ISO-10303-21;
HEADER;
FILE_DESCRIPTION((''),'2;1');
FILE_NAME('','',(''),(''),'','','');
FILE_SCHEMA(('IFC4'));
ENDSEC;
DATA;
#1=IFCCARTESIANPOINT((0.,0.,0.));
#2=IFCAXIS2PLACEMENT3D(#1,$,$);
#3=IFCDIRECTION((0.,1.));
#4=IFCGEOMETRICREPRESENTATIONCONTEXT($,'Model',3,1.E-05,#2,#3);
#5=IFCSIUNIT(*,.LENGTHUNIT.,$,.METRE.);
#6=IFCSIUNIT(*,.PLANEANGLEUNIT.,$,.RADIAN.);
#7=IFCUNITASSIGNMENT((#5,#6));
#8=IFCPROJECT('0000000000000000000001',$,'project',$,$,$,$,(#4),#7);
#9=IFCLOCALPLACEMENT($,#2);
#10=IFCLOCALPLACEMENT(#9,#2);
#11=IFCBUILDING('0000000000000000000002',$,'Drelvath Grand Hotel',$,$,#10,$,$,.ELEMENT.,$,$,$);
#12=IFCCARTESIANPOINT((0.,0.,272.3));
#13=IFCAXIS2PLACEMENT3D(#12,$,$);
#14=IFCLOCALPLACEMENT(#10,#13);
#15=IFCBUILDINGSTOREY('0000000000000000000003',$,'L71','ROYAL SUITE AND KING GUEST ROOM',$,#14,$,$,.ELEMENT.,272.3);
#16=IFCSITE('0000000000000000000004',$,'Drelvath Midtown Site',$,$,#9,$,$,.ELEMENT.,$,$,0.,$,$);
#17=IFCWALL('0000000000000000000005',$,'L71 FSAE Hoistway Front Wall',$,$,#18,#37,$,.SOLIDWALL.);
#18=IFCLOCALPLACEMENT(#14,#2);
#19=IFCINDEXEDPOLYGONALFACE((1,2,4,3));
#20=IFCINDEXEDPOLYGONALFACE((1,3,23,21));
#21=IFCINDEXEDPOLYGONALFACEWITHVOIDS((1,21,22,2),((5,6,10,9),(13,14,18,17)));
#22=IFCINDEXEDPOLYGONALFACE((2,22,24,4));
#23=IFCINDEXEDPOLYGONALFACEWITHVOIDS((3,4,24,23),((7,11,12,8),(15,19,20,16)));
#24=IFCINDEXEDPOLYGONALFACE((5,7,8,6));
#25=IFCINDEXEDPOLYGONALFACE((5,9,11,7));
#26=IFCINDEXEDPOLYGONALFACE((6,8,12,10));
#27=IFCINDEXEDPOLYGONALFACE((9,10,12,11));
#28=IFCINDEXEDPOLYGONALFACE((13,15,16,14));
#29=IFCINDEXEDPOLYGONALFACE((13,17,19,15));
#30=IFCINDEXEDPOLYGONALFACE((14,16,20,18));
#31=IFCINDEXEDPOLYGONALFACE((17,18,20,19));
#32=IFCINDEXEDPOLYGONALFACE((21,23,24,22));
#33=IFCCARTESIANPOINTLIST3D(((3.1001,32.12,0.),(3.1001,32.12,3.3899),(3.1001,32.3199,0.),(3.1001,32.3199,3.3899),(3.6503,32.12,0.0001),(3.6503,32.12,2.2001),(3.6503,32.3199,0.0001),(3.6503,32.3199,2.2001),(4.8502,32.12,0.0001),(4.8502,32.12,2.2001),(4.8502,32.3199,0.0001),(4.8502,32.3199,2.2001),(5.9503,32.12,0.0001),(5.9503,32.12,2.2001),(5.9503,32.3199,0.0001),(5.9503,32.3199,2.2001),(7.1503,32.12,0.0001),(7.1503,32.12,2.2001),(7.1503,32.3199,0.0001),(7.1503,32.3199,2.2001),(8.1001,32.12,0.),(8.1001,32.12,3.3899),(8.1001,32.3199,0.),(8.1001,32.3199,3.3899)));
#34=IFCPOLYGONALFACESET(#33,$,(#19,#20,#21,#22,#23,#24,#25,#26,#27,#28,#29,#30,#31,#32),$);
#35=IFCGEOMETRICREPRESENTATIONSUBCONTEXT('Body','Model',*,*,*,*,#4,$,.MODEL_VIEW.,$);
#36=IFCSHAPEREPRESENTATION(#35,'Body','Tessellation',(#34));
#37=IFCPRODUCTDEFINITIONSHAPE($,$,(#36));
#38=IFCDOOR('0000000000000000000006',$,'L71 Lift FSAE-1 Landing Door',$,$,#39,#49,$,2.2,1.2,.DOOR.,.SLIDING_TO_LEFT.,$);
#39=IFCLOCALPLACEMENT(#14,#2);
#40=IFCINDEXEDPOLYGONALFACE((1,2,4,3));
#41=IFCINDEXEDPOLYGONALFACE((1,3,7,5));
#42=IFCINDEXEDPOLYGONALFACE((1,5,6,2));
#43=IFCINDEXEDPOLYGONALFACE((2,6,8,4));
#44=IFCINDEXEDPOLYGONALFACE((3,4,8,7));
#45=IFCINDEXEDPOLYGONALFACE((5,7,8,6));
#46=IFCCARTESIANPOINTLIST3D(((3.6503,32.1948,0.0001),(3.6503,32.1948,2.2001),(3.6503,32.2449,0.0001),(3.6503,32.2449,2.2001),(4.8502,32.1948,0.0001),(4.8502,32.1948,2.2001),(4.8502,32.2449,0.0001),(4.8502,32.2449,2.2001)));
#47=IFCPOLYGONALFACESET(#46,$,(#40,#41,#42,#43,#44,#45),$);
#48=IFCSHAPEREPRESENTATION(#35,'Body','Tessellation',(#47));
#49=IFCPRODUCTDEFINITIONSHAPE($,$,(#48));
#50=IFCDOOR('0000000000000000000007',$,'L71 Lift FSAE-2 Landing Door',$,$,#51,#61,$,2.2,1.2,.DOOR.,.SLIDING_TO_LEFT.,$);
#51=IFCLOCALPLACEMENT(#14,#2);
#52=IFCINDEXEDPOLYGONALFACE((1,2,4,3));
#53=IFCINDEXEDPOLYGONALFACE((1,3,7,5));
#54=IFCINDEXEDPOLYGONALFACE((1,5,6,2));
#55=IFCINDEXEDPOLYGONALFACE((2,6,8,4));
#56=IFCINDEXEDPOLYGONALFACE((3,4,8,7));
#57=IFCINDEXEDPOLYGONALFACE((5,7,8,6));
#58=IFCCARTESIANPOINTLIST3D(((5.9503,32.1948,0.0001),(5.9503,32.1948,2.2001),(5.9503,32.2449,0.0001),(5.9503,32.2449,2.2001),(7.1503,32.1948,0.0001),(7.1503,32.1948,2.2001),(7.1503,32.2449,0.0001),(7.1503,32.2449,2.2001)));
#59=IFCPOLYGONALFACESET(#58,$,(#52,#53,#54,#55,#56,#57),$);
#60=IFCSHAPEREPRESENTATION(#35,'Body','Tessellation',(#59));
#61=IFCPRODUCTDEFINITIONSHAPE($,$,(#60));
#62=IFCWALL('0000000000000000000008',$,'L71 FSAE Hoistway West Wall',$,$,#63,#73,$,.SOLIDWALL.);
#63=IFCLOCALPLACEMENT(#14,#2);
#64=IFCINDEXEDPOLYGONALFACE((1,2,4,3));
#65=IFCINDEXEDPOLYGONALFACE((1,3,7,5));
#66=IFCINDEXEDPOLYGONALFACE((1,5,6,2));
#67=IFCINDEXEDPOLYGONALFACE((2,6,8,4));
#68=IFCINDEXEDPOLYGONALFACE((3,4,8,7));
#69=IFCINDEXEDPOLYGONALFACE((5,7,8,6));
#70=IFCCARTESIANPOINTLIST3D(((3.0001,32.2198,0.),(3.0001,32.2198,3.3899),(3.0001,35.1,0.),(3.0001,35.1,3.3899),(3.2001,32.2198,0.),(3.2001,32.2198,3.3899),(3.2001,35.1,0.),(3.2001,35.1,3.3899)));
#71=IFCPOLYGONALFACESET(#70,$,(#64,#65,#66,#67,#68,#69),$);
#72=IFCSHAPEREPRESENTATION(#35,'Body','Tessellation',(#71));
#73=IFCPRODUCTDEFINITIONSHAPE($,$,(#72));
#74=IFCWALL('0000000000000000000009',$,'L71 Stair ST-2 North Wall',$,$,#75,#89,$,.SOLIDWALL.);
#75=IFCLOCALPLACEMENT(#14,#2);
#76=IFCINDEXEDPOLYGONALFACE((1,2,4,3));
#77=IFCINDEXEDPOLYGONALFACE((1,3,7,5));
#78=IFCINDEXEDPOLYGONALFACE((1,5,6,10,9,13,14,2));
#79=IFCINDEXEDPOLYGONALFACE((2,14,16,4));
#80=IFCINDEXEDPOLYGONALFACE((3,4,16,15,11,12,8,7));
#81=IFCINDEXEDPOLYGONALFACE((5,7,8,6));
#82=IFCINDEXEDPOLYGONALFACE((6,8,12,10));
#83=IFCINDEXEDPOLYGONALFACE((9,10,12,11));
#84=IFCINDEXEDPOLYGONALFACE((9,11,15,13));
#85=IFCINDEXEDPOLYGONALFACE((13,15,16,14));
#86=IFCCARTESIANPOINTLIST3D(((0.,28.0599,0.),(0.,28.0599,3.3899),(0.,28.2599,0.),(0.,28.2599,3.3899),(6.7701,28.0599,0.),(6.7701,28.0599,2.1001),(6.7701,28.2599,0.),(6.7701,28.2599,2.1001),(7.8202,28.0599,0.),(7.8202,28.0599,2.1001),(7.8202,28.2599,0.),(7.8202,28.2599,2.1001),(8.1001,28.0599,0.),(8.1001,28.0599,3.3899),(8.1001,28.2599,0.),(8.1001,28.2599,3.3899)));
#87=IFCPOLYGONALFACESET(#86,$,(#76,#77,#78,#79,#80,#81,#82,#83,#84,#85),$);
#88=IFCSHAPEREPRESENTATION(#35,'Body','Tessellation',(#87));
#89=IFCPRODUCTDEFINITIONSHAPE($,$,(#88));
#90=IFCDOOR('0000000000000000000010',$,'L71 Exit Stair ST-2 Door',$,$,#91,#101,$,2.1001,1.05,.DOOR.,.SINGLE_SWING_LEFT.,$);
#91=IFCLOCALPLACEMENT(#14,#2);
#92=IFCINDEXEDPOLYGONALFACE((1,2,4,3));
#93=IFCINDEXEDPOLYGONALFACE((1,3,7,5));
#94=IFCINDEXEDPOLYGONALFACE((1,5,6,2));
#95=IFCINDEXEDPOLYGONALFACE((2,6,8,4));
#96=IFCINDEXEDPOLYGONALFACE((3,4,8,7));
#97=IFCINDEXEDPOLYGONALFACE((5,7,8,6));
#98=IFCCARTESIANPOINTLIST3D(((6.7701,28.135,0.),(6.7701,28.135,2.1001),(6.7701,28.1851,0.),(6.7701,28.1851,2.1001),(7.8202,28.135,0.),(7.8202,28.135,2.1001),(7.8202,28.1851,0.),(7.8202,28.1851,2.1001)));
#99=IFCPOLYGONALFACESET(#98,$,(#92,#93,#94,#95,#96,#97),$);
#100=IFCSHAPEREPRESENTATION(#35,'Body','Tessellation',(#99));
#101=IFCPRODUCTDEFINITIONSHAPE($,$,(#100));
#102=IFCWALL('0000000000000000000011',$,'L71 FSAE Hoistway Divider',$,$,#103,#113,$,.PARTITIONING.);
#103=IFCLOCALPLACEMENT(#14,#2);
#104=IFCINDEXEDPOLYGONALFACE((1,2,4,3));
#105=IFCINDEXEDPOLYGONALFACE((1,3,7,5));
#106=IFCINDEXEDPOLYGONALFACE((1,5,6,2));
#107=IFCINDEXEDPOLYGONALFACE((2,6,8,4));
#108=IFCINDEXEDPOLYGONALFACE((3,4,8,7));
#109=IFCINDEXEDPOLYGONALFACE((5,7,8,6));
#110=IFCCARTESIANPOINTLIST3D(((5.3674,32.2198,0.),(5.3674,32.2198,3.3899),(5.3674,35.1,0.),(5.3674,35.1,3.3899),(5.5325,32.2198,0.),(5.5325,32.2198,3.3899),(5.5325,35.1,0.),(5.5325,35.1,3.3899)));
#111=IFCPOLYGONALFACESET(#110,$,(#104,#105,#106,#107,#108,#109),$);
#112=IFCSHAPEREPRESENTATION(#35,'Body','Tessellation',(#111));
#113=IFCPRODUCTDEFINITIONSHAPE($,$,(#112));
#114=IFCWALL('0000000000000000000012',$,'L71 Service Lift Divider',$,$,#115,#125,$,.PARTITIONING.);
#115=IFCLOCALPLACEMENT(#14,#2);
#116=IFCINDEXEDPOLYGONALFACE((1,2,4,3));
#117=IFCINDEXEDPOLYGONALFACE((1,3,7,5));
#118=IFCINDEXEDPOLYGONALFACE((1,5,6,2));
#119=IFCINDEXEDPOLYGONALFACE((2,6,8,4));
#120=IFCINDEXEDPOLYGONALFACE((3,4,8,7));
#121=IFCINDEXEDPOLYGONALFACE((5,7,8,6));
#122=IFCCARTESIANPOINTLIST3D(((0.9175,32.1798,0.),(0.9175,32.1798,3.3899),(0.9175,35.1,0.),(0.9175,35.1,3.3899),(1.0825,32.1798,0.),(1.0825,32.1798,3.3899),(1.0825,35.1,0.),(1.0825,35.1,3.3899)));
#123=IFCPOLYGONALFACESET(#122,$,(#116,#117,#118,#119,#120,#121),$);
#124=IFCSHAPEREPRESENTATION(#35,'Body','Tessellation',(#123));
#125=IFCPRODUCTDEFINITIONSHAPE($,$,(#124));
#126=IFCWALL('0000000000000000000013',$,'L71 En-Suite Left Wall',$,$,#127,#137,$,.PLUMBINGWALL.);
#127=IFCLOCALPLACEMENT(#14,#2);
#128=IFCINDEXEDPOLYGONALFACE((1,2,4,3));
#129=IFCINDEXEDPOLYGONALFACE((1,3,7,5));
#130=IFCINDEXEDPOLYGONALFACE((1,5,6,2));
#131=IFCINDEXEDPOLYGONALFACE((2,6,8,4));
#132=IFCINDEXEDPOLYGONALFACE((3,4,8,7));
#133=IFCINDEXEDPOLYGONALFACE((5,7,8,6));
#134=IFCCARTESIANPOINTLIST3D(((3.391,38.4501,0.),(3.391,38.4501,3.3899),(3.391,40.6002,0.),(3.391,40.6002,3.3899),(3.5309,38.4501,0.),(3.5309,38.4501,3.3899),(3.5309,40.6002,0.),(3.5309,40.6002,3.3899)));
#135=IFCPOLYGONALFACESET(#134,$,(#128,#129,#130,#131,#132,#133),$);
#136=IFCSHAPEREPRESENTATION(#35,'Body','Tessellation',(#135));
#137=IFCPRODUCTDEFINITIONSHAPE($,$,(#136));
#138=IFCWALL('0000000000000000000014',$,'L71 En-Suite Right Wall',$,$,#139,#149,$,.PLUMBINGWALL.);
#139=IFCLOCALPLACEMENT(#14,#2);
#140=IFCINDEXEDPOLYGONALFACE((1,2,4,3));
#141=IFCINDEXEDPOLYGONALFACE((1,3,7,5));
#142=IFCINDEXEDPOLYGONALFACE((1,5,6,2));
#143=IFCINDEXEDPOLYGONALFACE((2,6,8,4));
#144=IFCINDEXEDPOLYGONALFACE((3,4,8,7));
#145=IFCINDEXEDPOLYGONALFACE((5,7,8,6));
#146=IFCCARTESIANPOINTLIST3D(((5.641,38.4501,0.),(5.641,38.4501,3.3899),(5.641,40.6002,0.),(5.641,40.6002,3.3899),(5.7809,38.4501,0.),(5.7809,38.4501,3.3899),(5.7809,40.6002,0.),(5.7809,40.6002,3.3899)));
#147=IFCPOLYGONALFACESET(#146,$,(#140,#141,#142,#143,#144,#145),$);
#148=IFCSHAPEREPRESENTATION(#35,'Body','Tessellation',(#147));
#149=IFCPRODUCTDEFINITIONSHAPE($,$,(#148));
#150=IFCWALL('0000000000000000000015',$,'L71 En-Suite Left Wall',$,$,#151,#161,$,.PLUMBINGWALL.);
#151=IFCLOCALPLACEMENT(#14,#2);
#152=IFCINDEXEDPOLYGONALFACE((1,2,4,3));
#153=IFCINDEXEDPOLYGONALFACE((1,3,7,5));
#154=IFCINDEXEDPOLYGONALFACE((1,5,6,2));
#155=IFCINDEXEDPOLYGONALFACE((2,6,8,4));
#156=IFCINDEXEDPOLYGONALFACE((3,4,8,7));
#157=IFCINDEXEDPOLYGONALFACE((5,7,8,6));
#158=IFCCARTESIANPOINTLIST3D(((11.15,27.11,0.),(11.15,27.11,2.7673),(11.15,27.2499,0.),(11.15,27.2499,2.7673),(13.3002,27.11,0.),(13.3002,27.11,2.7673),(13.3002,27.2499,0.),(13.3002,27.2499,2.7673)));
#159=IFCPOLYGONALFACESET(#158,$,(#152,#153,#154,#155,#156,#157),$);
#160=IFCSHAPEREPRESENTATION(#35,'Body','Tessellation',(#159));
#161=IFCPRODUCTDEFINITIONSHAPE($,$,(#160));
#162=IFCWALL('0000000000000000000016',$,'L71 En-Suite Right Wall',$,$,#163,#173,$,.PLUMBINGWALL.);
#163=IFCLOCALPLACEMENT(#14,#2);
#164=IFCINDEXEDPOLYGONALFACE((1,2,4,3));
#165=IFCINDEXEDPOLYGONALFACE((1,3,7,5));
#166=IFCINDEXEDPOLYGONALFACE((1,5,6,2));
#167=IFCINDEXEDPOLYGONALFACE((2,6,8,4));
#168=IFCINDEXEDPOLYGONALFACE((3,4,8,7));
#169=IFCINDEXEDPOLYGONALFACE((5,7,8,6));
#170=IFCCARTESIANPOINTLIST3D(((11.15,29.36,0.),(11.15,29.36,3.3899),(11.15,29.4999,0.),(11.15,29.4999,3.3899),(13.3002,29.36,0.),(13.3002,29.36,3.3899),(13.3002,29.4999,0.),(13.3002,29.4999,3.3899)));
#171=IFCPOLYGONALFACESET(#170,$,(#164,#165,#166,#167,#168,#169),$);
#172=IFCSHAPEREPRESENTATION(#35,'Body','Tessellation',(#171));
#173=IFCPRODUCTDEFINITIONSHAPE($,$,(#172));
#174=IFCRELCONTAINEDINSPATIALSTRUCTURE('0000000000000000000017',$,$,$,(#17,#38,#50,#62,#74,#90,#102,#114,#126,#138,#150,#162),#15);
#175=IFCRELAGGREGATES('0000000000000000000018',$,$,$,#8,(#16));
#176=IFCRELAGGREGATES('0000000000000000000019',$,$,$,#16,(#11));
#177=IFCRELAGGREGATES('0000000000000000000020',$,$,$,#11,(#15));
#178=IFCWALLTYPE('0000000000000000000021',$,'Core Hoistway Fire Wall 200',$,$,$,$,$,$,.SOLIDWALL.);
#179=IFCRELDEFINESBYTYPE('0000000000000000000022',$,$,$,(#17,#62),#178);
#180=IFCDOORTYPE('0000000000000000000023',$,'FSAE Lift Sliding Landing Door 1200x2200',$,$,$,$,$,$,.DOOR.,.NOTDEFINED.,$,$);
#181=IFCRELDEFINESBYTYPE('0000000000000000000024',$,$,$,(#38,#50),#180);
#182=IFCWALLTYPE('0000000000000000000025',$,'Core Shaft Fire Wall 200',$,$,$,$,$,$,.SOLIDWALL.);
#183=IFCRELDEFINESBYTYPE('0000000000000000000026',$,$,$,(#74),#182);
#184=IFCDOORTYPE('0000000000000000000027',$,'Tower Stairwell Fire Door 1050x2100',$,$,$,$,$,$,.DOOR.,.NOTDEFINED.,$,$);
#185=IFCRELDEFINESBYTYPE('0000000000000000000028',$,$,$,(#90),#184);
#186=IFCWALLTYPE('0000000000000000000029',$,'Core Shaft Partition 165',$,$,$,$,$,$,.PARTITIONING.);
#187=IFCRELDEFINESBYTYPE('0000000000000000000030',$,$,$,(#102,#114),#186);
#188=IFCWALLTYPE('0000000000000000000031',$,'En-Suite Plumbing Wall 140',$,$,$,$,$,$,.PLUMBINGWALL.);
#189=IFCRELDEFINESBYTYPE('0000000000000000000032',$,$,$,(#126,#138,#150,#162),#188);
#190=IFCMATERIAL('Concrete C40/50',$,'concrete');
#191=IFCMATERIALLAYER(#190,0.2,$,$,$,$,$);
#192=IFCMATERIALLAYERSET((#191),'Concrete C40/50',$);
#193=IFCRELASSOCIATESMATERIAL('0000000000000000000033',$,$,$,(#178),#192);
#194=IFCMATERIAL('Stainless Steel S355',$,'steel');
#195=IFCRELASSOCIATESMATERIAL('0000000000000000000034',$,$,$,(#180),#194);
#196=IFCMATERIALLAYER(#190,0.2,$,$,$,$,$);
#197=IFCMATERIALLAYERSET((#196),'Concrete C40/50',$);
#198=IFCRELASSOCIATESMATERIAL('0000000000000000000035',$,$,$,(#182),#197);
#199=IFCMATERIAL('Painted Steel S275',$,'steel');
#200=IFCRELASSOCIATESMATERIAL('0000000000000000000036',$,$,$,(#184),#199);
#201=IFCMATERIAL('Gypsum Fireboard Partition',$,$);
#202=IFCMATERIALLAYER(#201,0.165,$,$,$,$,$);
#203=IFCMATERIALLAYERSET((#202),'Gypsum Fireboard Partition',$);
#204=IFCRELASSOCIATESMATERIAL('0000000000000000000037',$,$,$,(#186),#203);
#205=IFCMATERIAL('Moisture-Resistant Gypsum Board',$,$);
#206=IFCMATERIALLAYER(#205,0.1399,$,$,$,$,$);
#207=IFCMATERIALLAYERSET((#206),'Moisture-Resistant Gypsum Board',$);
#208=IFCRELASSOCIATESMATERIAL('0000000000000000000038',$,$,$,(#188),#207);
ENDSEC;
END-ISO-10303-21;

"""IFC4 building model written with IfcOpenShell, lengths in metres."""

from ifc_helpers import new_model, si_unit, direction, frame, frame_2d, origin, place, context, subcontext, project, spatial, rectangle, extrude, material, layer, layer_set, type_object, element, fill, save


model = new_model("IFC4")

# Units and contexts
model_context = context("Model", 3, precision=1e-05, world=origin(), true_north=direction((0.0, 1.0)))
body_context = subcontext(model_context, "Body", "Model", "MODEL_VIEW")
ifc_project = project(units=[si_unit("LENGTHUNIT", "METRE"), si_unit("PLANEANGLEUNIT", "RADIAN")], contexts=[model_context])

# Site, building, storey
site_placement = place(None, origin())
site = spatial("IfcSite", under=ifc_project, at=site_placement, Name="Drelvath Midtown Site", CompositionType="ELEMENT", RefElevation=0.0)
building_placement = place(site_placement, origin())
building = spatial("IfcBuilding", under=site, at=building_placement, Name="Drelvath Grand Hotel", CompositionType="ELEMENT")
storey_placement = place(building_placement, frame((0.0, 0.0, 272.3)))
storey = spatial("IfcBuildingStorey", under=building, at=storey_placement, Name="L71", Description="ROYAL SUITE AND KING GUEST ROOM", CompositionType="ELEMENT", Elevation=272.3)

# Wall, openings, doors
ifc_material_1 = material(Name="Concrete C40/50", Category="concrete")
ifc_layer_1 = layer(ifc_material_1, 0.2)
ifc_layer_set_1 = layer_set([ifc_layer_1], Name="Concrete C40/50")
wall_type_1 = type_object("IfcWallType", Name="Core Hoistway Fire Wall 200", PredefinedType="SOLIDWALL", material=ifc_layer_set_1)
wall_1_placement = place(storey_placement, frame((3.1001, 32.22, 0.0), z_axis=(0.0, 0.0, 1.0), x_axis=(1.0, 0.0, 0.0)))
wall_1 = element("IfcWall", 1, at=wall_1_placement, inside=storey, type_object=wall_type_1, Name="L71 FSAE Hoistway Front Wall", PredefinedType="SOLIDWALL", context=body_context, shape_type="SweptSolid", body=[
    extrude(rectangle(XDim=5.0, YDim=0.2, at=frame_2d((2.5, 0.0))), origin(), (0.0, 0.0, 1.0), 3.3899),
])
opening_1_placement = place(wall_1_placement, frame((0.55, 0.0, 0.0)))
opening_1 = element("IfcOpeningElement", 2, at=opening_1_placement, cuts=wall_1, PredefinedType="OPENING", context=body_context, shape_type="SweptSolid", body=[
    extrude(rectangle(XDim=1.2, YDim=2.2, at=frame_2d((0.6001, 1.1001))), frame((0.0, 0.1099, 0.0), z_axis=(0.0, -1.0, 0.0), x_axis=(1.0, 0.0, 0.0)), (0.0, 0.0, 1.0), 0.22),
])
opening_2_placement = place(wall_1_placement, frame((2.8501, 0.0, 0.0)))
opening_2 = element("IfcOpeningElement", 3, at=opening_2_placement, cuts=wall_1, PredefinedType="OPENING", context=body_context, shape_type="SweptSolid", body=[
    extrude(rectangle(XDim=1.2, YDim=2.2, at=frame_2d((0.6001, 1.1001))), frame((0.0, 0.1099, 0.0), z_axis=(0.0, -1.0, 0.0), x_axis=(1.0, 0.0, 0.0)), (0.0, 0.0, 1.0), 0.22),
])
ifc_material_2 = material(Name="Stainless Steel S355", Category="steel")
door_type_1 = type_object("IfcDoorType", Name="FSAE Lift Sliding Landing Door 1200x2200", OperationType="NOTDEFINED", PredefinedType="DOOR", material=ifc_material_2)
door_1_placement = place(opening_1_placement, origin())
door_1 = element("IfcDoor", 4, at=door_1_placement, inside=storey, type_object=door_type_1, Name="L71 Lift FSAE-1 Landing Door", OperationType="SLIDING_TO_LEFT", OverallHeight=2.2, OverallWidth=1.2, PredefinedType="DOOR", context=body_context, shape_type="SweptSolid", body=[
    extrude(rectangle(XDim=1.2, YDim=2.2, at=frame_2d((0.6001, 1.1001))), frame((0.0, 0.0249, 0.0), z_axis=(0.0, -1.0, 0.0), x_axis=(1.0, 0.0, 0.0)), (0.0, 0.0, 1.0), 0.05),
])
fill(opening_1, door_1)
door_2_placement = place(opening_2_placement, origin())
door_2 = element("IfcDoor", 5, at=door_2_placement, inside=storey, type_object=door_type_1, Name="L71 Lift FSAE-2 Landing Door", OperationType="SLIDING_TO_LEFT", OverallHeight=2.2, OverallWidth=1.2, PredefinedType="DOOR", context=body_context, shape_type="SweptSolid", body=[
    extrude(rectangle(XDim=1.2, YDim=2.2, at=frame_2d((0.6001, 1.1001))), frame((0.0, 0.0249, 0.0), z_axis=(0.0, -1.0, 0.0), x_axis=(1.0, 0.0, 0.0)), (0.0, 0.0, 1.0), 0.05),
])
fill(opening_2, door_2)

# Wall
wall_2_placement = place(storey_placement, frame((3.1001, 32.22, 0.0), z_axis=(0.0, 0.0, 1.0), x_axis=(0.0, 1.0, 0.0)))
element("IfcWall", 6, at=wall_2_placement, inside=storey, type_object=wall_type_1, Name="L71 FSAE Hoistway West Wall", PredefinedType="SOLIDWALL", context=body_context, shape_type="SweptSolid", body=[
    extrude(rectangle(XDim=2.8801, YDim=0.2, at=frame_2d((1.4399, 0.0))), origin(), (0.0, 0.0, 1.0), 3.3899),
])

# Wall, opening, door
ifc_layer_2 = layer(ifc_material_1, 0.2)
ifc_layer_set_2 = layer_set([ifc_layer_2], Name="Concrete C40/50")
wall_type_2 = type_object("IfcWallType", Name="Core Shaft Fire Wall 200", PredefinedType="SOLIDWALL", material=ifc_layer_set_2)
wall_3_placement = place(storey_placement, frame((8.1001, 28.1599, 0.0), z_axis=(0.0, 0.0, 1.0), x_axis=(-1.0, 0.0, 0.0)))
wall_3 = element("IfcWall", 7, at=wall_3_placement, inside=storey, type_object=wall_type_2, Name="L71 Stair ST-2 North Wall", PredefinedType="SOLIDWALL", context=body_context, shape_type="SweptSolid", body=[
    extrude(rectangle(XDim=8.1001, YDim=0.2, at=frame_2d((4.05, 0.0))), origin(), (0.0, 0.0, 1.0), 3.3899),
])
opening_3_placement = place(wall_3_placement, frame((0.28, 0.0, 0.0)))
opening_3 = element("IfcOpeningElement", 8, at=opening_3_placement, cuts=wall_3, PredefinedType="OPENING", context=body_context, shape_type="SweptSolid", body=[
    extrude(rectangle(XDim=1.05, YDim=2.1001, at=frame_2d((0.5249, 1.05))), frame((0.0, 0.1099, 0.0), z_axis=(0.0, -1.0, 0.0), x_axis=(1.0, 0.0, 0.0)), (0.0, 0.0, 1.0), 0.22),
])
ifc_material_3 = material(Name="Painted Steel S275", Category="steel")
door_type_2 = type_object("IfcDoorType", Name="Tower Stairwell Fire Door 1050x2100", OperationType="NOTDEFINED", PredefinedType="DOOR", material=ifc_material_3)
door_3_placement = place(opening_3_placement, origin())
door_3 = element("IfcDoor", 9, at=door_3_placement, inside=storey, type_object=door_type_2, Name="L71 Exit Stair ST-2 Door", OperationType="SINGLE_SWING_LEFT", OverallHeight=2.1001, OverallWidth=1.05, PredefinedType="DOOR", context=body_context, shape_type="SweptSolid", body=[
    extrude(rectangle(XDim=1.05, YDim=2.1001, at=frame_2d((0.5249, 1.05))), frame((0.0, 0.0249, 0.0), z_axis=(0.0, -1.0, 0.0), x_axis=(1.0, 0.0, 0.0)), (0.0, 0.0, 1.0), 0.05),
])
fill(opening_3, door_3)

# Walls
ifc_material_4 = material(Name="Gypsum Fireboard Partition")
ifc_layer_3 = layer(ifc_material_4, 0.165)
ifc_layer_set_3 = layer_set([ifc_layer_3], Name="Gypsum Fireboard Partition")
wall_type_3 = type_object("IfcWallType", Name="Core Shaft Partition 165", PredefinedType="PARTITIONING", material=ifc_layer_set_3)
wall_4_placement = place(storey_placement, frame((5.45, 32.22, 0.0), z_axis=(0.0, 0.0, 1.0), x_axis=(0.0, 1.0, 0.0)))
element("IfcWall", 10, at=wall_4_placement, inside=storey, type_object=wall_type_3, Name="L71 FSAE Hoistway Divider", PredefinedType="PARTITIONING", context=body_context, shape_type="SweptSolid", body=[
    extrude(rectangle(XDim=2.8801, YDim=0.165, at=frame_2d((1.4399, 0.0))), origin(), (0.0, 0.0, 1.0), 3.3899),
])
wall_5_placement = place(storey_placement, frame((1.0, 32.1799, 0.0), z_axis=(0.0, 0.0, 1.0), x_axis=(0.0, 1.0, 0.0)))
element("IfcWall", 11, at=wall_5_placement, inside=storey, type_object=wall_type_3, Name="L71 Service Lift Divider", PredefinedType="PARTITIONING", context=body_context, shape_type="SweptSolid", body=[
    extrude(rectangle(XDim=2.9202, YDim=0.165, at=frame_2d((1.46, 0.0))), origin(), (0.0, 0.0, 1.0), 3.3899),
])
ifc_material_5 = material(Name="Moisture-Resistant Gypsum Board")
ifc_layer_4 = layer(ifc_material_5, 0.1399)
ifc_layer_set_4 = layer_set([ifc_layer_4], Name="Moisture-Resistant Gypsum Board")
wall_type_4 = type_object("IfcWallType", Name="En-Suite Plumbing Wall 140", PredefinedType="PLUMBINGWALL", material=ifc_layer_set_4)
for number, where, z_axis, x_axis, name in (
    (12, (3.4609, 38.45, 0.0), (0.0, 0.0, 1.0), (0.0, 1.0, 0.0), "L71 En-Suite Left Wall"),
    (13, (5.7109, 38.45, 0.0), (0.0, 0.0, 1.0), (0.0, 1.0, 0.0), "L71 En-Suite Right Wall"),
):
    element("IfcWall", number, at=place(storey_placement, frame(where, z_axis=z_axis, x_axis=x_axis)), inside=storey, type_object=wall_type_4, Name=name, PredefinedType="PLUMBINGWALL", context=body_context, shape_type="SweptSolid", body=[
        extrude(rectangle(XDim=2.1501, YDim=0.1399, at=frame_2d((1.0752, 0.0))), origin(), (0.0, 0.0, 1.0), 3.3899),
    ])
wall_6_placement = place(storey_placement, frame((11.1499, 27.1799, 0.0), z_axis=(0.0, 0.0, 1.0), x_axis=(1.0, 0.0, 0.0)))
element("IfcWall", 14, at=wall_6_placement, inside=storey, type_object=wall_type_4, Name="L71 En-Suite Left Wall", PredefinedType="PLUMBINGWALL", context=body_context, shape_type="SweptSolid", body=[
    extrude(rectangle(XDim=2.1501, YDim=0.1399, at=frame_2d((1.0752, 0.0))), origin(), (0.0, 0.0, 1.0), 2.7673),
])
for number, where, z_axis, x_axis, name in (
    (15, (11.1499, 29.4299, 0.0), (0.0, 0.0, 1.0), (1.0, 0.0, 0.0), "L71 En-Suite Right Wall"),
):
    element("IfcWall", number, at=place(storey_placement, frame(where, z_axis=z_axis, x_axis=x_axis)), inside=storey, type_object=wall_type_4, Name=name, PredefinedType="PLUMBINGWALL", context=body_context, shape_type="SweptSolid", body=[
        extrude(rectangle(XDim=2.1501, YDim=0.1399, at=frame_2d((1.0752, 0.0))), origin(), (0.0, 0.0, 1.0), 3.3899),
    ])

save(model, "model.ifc")
